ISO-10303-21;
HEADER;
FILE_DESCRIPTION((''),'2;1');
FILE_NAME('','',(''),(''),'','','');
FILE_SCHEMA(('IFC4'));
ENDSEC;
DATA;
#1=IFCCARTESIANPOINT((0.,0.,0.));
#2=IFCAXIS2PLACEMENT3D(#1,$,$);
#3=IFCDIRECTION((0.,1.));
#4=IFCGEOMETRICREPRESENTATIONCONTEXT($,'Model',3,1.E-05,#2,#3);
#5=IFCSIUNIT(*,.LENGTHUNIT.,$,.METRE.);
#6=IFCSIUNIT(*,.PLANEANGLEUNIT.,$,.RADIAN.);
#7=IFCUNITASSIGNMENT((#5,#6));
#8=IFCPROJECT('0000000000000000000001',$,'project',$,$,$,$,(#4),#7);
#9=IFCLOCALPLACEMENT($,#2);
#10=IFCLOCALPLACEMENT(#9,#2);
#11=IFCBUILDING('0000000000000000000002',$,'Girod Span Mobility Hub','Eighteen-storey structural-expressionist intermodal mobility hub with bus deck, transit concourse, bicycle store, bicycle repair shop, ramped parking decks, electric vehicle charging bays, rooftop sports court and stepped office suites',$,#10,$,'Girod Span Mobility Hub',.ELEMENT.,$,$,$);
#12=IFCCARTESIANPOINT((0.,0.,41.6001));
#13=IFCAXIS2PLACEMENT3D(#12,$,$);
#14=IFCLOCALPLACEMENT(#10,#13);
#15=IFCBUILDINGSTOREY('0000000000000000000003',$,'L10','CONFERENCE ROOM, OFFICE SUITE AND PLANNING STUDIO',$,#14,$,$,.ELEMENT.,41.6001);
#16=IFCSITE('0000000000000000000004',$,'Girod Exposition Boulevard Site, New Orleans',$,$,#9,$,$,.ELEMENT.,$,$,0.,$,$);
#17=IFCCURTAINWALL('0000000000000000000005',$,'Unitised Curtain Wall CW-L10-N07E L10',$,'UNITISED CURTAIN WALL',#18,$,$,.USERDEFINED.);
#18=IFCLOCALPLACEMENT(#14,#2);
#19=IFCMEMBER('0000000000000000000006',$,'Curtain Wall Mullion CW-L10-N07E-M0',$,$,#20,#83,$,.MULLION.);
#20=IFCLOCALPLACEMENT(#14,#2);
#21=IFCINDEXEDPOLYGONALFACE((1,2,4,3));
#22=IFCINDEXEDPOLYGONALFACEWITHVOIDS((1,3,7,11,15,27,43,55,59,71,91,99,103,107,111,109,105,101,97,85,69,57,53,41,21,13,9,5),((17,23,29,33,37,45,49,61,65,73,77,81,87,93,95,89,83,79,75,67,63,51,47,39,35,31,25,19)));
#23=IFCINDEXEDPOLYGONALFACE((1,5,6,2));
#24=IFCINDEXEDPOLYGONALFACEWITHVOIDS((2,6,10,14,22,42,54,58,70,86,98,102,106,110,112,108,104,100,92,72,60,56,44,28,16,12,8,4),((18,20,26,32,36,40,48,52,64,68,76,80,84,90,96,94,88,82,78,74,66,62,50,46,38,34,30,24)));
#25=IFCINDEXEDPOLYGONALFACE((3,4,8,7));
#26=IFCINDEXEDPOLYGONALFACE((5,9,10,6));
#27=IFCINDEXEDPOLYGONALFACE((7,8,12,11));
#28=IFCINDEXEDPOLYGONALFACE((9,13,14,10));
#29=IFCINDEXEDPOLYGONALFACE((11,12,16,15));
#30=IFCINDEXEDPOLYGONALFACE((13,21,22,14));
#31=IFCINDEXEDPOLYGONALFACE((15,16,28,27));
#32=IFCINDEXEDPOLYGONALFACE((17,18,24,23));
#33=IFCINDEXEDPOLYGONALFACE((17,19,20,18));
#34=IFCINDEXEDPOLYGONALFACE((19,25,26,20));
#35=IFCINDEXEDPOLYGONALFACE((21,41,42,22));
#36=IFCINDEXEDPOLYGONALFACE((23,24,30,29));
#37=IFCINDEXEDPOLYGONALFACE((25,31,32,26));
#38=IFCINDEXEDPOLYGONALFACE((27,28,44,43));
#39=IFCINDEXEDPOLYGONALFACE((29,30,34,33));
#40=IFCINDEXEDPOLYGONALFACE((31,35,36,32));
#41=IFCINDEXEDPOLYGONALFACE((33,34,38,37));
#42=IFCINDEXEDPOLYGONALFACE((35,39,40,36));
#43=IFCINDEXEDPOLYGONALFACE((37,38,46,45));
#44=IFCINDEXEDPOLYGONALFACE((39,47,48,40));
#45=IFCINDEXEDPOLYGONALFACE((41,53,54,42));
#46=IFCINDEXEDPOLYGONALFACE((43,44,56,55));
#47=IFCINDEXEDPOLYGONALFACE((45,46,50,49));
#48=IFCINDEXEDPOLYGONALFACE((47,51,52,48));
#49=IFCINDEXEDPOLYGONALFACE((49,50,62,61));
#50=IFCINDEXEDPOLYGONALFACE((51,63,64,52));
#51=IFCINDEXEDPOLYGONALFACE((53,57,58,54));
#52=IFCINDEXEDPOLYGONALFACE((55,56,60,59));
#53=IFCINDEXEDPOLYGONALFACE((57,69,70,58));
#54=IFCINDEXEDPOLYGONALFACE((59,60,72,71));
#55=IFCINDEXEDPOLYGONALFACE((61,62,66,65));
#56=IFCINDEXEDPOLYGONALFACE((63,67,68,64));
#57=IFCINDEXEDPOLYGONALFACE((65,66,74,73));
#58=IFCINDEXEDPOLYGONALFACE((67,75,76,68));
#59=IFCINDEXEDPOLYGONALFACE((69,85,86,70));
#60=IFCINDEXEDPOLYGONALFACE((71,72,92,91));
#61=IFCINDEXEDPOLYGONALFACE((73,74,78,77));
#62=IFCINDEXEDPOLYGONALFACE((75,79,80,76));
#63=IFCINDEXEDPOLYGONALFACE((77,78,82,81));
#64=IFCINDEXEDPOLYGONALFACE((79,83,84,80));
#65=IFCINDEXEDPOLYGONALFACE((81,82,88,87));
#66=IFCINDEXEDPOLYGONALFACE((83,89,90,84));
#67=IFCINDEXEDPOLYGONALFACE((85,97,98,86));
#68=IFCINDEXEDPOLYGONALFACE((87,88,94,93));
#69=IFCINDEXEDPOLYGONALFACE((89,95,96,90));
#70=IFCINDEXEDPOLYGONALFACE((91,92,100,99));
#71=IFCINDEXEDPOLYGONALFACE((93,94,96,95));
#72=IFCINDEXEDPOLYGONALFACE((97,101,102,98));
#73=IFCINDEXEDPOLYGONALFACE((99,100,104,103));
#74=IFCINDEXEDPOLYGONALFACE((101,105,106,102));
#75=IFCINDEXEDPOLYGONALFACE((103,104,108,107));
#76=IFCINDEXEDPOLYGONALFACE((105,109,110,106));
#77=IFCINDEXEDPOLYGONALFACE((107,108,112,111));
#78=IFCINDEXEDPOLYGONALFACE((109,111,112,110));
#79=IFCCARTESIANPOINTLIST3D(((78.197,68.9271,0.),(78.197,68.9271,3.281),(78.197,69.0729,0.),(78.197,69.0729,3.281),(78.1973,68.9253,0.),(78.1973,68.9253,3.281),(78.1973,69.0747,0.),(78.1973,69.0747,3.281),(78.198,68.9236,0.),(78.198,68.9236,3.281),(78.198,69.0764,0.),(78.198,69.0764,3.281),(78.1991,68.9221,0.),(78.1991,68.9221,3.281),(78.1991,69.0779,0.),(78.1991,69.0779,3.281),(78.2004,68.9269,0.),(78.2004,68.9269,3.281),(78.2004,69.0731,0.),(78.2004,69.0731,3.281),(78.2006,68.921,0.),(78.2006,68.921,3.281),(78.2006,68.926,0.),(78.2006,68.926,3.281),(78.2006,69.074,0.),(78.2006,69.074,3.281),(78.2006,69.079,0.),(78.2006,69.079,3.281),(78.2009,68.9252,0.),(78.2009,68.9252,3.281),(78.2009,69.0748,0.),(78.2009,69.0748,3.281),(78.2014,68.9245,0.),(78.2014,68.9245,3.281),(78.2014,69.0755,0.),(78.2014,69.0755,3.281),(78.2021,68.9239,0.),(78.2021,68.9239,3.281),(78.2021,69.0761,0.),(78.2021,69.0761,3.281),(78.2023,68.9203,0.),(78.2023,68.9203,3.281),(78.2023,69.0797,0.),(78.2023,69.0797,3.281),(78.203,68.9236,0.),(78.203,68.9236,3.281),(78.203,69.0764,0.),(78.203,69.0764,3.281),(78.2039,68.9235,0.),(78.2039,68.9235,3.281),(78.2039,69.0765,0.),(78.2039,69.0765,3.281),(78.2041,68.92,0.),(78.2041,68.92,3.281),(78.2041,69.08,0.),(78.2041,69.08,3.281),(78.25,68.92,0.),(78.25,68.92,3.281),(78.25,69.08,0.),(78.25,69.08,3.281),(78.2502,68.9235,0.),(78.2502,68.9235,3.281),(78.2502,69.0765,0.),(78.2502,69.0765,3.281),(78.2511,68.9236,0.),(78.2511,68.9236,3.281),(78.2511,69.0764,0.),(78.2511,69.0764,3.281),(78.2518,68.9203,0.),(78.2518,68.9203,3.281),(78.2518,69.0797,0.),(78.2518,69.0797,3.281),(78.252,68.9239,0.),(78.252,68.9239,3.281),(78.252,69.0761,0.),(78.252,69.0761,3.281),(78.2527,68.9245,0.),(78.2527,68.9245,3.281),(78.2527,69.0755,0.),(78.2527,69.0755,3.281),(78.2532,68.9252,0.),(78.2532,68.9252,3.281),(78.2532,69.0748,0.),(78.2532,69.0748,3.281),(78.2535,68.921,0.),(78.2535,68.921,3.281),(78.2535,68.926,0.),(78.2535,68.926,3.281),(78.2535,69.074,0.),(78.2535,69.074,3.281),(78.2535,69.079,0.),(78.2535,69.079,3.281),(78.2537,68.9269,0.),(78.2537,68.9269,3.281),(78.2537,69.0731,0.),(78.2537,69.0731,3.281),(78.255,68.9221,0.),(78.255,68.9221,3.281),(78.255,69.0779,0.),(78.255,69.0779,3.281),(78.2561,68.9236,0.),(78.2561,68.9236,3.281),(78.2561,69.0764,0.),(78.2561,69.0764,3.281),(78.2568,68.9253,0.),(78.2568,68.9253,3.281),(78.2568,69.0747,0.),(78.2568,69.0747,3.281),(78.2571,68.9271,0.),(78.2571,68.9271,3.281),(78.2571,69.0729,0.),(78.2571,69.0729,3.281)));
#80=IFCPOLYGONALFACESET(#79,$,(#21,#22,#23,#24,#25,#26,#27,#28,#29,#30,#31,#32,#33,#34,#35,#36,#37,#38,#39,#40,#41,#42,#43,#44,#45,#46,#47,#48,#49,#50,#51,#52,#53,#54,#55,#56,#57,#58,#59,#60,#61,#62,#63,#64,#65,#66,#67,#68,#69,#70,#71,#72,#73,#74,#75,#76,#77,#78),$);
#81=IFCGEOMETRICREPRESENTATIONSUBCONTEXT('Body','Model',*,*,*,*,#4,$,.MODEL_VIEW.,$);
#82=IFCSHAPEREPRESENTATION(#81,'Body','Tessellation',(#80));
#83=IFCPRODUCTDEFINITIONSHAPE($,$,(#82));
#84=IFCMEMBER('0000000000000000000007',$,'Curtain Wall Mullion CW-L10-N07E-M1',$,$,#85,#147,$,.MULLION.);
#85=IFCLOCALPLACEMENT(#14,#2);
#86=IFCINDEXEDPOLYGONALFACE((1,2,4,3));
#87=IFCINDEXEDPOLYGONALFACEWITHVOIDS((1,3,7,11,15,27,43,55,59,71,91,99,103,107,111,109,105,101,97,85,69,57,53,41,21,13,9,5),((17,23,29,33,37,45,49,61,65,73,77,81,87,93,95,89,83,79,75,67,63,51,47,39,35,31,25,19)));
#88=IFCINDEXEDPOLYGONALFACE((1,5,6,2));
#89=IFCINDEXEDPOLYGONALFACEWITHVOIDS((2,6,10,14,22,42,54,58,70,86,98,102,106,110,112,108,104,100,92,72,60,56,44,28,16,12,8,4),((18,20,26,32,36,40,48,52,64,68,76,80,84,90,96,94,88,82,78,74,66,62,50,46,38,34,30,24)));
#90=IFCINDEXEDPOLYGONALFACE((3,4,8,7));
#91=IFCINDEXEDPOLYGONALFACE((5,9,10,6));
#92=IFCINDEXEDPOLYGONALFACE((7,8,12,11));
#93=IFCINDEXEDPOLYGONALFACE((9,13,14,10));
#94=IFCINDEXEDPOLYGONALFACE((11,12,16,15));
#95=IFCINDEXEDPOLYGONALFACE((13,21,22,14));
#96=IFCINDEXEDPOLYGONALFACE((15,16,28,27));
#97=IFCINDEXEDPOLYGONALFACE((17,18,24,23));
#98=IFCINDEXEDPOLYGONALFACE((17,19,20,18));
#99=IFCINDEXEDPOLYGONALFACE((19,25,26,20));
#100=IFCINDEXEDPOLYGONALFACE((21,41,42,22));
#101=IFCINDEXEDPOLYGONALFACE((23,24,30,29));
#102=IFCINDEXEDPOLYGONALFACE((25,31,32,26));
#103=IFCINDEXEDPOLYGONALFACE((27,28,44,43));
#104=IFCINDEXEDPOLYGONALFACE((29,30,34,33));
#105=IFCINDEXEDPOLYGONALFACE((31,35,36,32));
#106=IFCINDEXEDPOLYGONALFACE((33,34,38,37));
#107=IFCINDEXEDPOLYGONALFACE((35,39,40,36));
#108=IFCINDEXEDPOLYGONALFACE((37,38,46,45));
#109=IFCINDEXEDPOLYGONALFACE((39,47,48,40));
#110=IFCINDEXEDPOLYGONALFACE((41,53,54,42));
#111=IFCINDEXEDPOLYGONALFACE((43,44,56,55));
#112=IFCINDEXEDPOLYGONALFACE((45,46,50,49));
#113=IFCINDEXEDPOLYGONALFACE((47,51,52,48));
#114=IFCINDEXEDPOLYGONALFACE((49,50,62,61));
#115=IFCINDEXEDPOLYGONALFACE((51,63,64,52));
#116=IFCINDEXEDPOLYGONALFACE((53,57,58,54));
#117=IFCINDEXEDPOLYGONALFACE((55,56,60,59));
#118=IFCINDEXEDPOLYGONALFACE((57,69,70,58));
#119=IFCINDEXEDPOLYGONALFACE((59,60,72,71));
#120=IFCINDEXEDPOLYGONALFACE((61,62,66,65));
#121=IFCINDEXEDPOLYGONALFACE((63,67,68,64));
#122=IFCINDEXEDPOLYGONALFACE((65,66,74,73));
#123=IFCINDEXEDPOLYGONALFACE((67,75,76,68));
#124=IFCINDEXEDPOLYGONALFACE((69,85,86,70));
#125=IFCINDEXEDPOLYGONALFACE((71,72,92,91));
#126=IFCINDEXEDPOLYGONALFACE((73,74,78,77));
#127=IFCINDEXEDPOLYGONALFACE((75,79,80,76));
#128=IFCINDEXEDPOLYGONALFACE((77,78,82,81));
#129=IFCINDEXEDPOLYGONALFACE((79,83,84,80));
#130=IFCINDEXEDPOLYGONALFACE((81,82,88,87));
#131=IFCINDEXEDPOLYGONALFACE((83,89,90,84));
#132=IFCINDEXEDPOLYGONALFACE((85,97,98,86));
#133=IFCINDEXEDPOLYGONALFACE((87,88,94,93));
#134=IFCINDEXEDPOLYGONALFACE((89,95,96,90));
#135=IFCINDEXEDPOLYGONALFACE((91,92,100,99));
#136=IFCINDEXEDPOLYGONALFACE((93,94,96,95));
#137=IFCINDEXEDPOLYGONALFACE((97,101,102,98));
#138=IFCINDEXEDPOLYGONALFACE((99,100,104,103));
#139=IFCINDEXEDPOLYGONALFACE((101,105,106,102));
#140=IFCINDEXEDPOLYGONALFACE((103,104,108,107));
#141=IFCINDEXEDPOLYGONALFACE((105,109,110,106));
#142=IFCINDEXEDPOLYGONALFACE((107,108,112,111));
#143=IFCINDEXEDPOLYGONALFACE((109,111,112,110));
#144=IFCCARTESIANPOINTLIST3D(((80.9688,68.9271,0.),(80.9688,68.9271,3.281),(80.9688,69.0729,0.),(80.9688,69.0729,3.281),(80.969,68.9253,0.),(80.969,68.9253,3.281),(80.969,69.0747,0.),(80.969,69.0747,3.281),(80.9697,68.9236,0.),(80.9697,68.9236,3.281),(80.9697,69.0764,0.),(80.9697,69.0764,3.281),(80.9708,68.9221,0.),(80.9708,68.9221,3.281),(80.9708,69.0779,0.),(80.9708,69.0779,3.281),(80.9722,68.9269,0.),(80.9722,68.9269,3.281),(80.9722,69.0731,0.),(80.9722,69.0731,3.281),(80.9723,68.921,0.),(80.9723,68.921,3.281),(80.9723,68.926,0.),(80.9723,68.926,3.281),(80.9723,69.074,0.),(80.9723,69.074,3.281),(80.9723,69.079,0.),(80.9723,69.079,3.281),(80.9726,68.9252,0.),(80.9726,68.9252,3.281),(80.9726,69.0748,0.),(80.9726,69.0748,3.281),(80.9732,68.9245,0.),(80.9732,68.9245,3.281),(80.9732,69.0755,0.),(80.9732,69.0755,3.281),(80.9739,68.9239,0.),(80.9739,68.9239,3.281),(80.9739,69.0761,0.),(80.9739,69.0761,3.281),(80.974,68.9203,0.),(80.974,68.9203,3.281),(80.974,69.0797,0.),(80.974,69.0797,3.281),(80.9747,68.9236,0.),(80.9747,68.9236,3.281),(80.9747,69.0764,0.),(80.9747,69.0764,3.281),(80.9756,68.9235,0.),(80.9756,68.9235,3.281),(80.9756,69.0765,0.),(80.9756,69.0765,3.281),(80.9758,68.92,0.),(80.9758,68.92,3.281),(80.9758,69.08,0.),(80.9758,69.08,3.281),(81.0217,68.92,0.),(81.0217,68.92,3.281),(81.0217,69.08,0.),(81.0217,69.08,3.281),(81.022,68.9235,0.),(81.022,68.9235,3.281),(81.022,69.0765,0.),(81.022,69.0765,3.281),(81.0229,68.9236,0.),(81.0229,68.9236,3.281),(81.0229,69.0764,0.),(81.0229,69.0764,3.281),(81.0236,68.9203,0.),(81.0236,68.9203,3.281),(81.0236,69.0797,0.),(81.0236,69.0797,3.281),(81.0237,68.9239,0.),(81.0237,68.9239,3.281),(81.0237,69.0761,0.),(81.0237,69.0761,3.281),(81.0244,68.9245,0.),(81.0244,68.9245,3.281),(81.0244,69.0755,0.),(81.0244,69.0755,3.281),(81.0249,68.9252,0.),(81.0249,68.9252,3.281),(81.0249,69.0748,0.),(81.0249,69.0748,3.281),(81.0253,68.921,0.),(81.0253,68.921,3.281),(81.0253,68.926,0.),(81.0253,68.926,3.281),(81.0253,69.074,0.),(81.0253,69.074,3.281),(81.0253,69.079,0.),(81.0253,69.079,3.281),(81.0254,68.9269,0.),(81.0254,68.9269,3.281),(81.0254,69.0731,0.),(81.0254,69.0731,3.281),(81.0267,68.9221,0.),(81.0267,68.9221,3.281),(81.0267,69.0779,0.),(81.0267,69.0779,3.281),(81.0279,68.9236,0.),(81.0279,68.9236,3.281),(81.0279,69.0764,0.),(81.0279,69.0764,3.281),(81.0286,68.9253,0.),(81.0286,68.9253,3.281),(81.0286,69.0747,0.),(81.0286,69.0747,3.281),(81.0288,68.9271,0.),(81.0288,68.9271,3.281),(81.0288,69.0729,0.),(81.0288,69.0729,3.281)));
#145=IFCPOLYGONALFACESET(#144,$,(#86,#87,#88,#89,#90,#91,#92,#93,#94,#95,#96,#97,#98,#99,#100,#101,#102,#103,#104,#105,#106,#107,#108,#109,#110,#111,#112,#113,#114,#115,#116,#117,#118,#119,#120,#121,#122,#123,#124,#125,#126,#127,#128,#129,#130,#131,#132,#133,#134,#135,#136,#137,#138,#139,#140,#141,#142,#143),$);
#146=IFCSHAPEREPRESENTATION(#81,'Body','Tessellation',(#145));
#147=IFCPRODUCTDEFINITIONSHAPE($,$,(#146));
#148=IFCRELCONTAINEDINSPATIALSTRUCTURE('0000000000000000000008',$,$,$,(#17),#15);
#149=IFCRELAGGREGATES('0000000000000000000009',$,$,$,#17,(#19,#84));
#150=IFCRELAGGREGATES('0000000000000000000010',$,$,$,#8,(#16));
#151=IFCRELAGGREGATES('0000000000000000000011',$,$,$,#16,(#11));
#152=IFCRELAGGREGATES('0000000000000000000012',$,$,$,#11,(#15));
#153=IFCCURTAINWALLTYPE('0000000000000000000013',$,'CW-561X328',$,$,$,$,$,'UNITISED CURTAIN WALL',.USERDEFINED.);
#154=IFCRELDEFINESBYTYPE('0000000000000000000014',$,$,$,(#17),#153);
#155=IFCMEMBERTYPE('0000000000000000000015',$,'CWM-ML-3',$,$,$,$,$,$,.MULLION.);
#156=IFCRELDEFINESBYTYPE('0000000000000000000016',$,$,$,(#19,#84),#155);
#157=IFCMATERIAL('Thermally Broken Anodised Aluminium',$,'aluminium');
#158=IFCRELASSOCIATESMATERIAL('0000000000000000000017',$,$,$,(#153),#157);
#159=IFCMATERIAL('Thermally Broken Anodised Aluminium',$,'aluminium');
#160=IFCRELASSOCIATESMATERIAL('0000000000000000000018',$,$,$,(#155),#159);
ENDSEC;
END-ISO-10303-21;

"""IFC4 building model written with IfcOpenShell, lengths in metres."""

from ifc_helpers import new_model, si_unit, direction, frame, origin, origin_2d, place, context, subcontext, project, spatial, hollow_rectangle, extrude, material, material_profile, profile_set, type_object, element, aggregate, save


model = new_model("IFC4")

# Units and contexts
model_context = context("Model", 3, precision=1e-05, world=origin(), true_north=direction((0.0, 1.0)))
body_context = subcontext(model_context, "Body", "Model", "MODEL_VIEW")
ifc_project = project(units=[si_unit("LENGTHUNIT", "METRE"), si_unit("PLANEANGLEUNIT", "RADIAN")], contexts=[model_context])

# Site, building, storey
site_placement = place(None, origin())
site = spatial("IfcSite", under=ifc_project, at=site_placement, Name="Girod Exposition Boulevard Site, New Orleans", CompositionType="ELEMENT", RefElevation=0.0)
building_placement = place(site_placement, origin())
building = spatial("IfcBuilding", under=site, at=building_placement, Name="Girod Span Mobility Hub", Description="Eighteen-storey structural-expressionist intermodal mobility hub with bus deck, transit concourse, bicycle store, bicycle repair shop, ramped parking decks, electric vehicle charging bays, rooftop sports court and stepped office suites", LongName="Girod Span Mobility Hub", CompositionType="ELEMENT")
storey_placement = place(building_placement, frame((0.0, 0.0, 41.6001)))
storey = spatial("IfcBuildingStorey", under=building, at=storey_placement, Name="L10", Description="CONFERENCE ROOM, OFFICE SUITE AND PLANNING STUDIO", CompositionType="ELEMENT", Elevation=41.6001)

# Shared definitions
ifc_material_1 = material(Name="Thermally Broken Anodised Aluminium", Category="aluminium")
curtain_wall_type = type_object("IfcCurtainWallType", Name="CW-561X328", ElementType="UNITISED CURTAIN WALL", PredefinedType="USERDEFINED", material=ifc_material_1)
ifc_material_2 = material(Name="Thermally Broken Anodised Aluminium", Category="aluminium")
ifc_material_profile_1 = material_profile(ifc_material_2, hollow_rectangle(XDim=0.1599, YDim=0.0601, WallThickness=0.0034, InnerFilletRadius=0.0034, OuterFilletRadius=0.0071, at=origin_2d()), Name="CW-ML-60X160")
ifc_profile_set_1 = profile_set([ifc_material_profile_1], Name="Thermally Broken Anodised Aluminium")
member_type_1 = type_object("IfcMemberType", Name="CWM-ML-3", PredefinedType="MULLION", material=ifc_profile_set_1)

# Curtain wall, members
curtain_wall_1_placement = place(storey_placement, origin())
curtain_wall_1 = element("IfcCurtainWall", 1, at=curtain_wall_1_placement, inside=storey, type_object=curtain_wall_type, Name="Unitised Curtain Wall CW-L10-N07E L10", ObjectType="UNITISED CURTAIN WALL", PredefinedType="USERDEFINED")
member_1_placement = place(storey_placement, frame((78.2271, 69.0, 0.0), z_axis=(0.0, 0.0, 1.0), x_axis=(0.0, 1.0, 0.0)))
member_1 = element("IfcMember", 2, at=member_1_placement, type_object=member_type_1, Name="Curtain Wall Mullion CW-L10-N07E-M0", PredefinedType="MULLION", context=body_context, shape_type="SweptSolid", body=[
    extrude(hollow_rectangle(XDim=0.1599, YDim=0.0601, WallThickness=0.0034, InnerFilletRadius=0.0034, OuterFilletRadius=0.0071, at=origin_2d()), origin(), (0.0, 0.0, 1.0), 3.281),
])
member_2_placement = place(storey_placement, frame((80.9988, 69.0, 0.0), z_axis=(0.0, 0.0, 1.0), x_axis=(0.0, 1.0, 0.0)))
member_2 = element("IfcMember", 3, at=member_2_placement, type_object=member_type_1, Name="Curtain Wall Mullion CW-L10-N07E-M1", PredefinedType="MULLION", context=body_context, shape_type="SweptSolid", body=[
    extrude(hollow_rectangle(XDim=0.1599, YDim=0.0601, WallThickness=0.0034, InnerFilletRadius=0.0034, OuterFilletRadius=0.0071, at=origin_2d()), origin(), (0.0, 0.0, 1.0), 3.281),
])

aggregate(curtain_wall_1, [member_1, member_2])

save(model, "model.ifc")
